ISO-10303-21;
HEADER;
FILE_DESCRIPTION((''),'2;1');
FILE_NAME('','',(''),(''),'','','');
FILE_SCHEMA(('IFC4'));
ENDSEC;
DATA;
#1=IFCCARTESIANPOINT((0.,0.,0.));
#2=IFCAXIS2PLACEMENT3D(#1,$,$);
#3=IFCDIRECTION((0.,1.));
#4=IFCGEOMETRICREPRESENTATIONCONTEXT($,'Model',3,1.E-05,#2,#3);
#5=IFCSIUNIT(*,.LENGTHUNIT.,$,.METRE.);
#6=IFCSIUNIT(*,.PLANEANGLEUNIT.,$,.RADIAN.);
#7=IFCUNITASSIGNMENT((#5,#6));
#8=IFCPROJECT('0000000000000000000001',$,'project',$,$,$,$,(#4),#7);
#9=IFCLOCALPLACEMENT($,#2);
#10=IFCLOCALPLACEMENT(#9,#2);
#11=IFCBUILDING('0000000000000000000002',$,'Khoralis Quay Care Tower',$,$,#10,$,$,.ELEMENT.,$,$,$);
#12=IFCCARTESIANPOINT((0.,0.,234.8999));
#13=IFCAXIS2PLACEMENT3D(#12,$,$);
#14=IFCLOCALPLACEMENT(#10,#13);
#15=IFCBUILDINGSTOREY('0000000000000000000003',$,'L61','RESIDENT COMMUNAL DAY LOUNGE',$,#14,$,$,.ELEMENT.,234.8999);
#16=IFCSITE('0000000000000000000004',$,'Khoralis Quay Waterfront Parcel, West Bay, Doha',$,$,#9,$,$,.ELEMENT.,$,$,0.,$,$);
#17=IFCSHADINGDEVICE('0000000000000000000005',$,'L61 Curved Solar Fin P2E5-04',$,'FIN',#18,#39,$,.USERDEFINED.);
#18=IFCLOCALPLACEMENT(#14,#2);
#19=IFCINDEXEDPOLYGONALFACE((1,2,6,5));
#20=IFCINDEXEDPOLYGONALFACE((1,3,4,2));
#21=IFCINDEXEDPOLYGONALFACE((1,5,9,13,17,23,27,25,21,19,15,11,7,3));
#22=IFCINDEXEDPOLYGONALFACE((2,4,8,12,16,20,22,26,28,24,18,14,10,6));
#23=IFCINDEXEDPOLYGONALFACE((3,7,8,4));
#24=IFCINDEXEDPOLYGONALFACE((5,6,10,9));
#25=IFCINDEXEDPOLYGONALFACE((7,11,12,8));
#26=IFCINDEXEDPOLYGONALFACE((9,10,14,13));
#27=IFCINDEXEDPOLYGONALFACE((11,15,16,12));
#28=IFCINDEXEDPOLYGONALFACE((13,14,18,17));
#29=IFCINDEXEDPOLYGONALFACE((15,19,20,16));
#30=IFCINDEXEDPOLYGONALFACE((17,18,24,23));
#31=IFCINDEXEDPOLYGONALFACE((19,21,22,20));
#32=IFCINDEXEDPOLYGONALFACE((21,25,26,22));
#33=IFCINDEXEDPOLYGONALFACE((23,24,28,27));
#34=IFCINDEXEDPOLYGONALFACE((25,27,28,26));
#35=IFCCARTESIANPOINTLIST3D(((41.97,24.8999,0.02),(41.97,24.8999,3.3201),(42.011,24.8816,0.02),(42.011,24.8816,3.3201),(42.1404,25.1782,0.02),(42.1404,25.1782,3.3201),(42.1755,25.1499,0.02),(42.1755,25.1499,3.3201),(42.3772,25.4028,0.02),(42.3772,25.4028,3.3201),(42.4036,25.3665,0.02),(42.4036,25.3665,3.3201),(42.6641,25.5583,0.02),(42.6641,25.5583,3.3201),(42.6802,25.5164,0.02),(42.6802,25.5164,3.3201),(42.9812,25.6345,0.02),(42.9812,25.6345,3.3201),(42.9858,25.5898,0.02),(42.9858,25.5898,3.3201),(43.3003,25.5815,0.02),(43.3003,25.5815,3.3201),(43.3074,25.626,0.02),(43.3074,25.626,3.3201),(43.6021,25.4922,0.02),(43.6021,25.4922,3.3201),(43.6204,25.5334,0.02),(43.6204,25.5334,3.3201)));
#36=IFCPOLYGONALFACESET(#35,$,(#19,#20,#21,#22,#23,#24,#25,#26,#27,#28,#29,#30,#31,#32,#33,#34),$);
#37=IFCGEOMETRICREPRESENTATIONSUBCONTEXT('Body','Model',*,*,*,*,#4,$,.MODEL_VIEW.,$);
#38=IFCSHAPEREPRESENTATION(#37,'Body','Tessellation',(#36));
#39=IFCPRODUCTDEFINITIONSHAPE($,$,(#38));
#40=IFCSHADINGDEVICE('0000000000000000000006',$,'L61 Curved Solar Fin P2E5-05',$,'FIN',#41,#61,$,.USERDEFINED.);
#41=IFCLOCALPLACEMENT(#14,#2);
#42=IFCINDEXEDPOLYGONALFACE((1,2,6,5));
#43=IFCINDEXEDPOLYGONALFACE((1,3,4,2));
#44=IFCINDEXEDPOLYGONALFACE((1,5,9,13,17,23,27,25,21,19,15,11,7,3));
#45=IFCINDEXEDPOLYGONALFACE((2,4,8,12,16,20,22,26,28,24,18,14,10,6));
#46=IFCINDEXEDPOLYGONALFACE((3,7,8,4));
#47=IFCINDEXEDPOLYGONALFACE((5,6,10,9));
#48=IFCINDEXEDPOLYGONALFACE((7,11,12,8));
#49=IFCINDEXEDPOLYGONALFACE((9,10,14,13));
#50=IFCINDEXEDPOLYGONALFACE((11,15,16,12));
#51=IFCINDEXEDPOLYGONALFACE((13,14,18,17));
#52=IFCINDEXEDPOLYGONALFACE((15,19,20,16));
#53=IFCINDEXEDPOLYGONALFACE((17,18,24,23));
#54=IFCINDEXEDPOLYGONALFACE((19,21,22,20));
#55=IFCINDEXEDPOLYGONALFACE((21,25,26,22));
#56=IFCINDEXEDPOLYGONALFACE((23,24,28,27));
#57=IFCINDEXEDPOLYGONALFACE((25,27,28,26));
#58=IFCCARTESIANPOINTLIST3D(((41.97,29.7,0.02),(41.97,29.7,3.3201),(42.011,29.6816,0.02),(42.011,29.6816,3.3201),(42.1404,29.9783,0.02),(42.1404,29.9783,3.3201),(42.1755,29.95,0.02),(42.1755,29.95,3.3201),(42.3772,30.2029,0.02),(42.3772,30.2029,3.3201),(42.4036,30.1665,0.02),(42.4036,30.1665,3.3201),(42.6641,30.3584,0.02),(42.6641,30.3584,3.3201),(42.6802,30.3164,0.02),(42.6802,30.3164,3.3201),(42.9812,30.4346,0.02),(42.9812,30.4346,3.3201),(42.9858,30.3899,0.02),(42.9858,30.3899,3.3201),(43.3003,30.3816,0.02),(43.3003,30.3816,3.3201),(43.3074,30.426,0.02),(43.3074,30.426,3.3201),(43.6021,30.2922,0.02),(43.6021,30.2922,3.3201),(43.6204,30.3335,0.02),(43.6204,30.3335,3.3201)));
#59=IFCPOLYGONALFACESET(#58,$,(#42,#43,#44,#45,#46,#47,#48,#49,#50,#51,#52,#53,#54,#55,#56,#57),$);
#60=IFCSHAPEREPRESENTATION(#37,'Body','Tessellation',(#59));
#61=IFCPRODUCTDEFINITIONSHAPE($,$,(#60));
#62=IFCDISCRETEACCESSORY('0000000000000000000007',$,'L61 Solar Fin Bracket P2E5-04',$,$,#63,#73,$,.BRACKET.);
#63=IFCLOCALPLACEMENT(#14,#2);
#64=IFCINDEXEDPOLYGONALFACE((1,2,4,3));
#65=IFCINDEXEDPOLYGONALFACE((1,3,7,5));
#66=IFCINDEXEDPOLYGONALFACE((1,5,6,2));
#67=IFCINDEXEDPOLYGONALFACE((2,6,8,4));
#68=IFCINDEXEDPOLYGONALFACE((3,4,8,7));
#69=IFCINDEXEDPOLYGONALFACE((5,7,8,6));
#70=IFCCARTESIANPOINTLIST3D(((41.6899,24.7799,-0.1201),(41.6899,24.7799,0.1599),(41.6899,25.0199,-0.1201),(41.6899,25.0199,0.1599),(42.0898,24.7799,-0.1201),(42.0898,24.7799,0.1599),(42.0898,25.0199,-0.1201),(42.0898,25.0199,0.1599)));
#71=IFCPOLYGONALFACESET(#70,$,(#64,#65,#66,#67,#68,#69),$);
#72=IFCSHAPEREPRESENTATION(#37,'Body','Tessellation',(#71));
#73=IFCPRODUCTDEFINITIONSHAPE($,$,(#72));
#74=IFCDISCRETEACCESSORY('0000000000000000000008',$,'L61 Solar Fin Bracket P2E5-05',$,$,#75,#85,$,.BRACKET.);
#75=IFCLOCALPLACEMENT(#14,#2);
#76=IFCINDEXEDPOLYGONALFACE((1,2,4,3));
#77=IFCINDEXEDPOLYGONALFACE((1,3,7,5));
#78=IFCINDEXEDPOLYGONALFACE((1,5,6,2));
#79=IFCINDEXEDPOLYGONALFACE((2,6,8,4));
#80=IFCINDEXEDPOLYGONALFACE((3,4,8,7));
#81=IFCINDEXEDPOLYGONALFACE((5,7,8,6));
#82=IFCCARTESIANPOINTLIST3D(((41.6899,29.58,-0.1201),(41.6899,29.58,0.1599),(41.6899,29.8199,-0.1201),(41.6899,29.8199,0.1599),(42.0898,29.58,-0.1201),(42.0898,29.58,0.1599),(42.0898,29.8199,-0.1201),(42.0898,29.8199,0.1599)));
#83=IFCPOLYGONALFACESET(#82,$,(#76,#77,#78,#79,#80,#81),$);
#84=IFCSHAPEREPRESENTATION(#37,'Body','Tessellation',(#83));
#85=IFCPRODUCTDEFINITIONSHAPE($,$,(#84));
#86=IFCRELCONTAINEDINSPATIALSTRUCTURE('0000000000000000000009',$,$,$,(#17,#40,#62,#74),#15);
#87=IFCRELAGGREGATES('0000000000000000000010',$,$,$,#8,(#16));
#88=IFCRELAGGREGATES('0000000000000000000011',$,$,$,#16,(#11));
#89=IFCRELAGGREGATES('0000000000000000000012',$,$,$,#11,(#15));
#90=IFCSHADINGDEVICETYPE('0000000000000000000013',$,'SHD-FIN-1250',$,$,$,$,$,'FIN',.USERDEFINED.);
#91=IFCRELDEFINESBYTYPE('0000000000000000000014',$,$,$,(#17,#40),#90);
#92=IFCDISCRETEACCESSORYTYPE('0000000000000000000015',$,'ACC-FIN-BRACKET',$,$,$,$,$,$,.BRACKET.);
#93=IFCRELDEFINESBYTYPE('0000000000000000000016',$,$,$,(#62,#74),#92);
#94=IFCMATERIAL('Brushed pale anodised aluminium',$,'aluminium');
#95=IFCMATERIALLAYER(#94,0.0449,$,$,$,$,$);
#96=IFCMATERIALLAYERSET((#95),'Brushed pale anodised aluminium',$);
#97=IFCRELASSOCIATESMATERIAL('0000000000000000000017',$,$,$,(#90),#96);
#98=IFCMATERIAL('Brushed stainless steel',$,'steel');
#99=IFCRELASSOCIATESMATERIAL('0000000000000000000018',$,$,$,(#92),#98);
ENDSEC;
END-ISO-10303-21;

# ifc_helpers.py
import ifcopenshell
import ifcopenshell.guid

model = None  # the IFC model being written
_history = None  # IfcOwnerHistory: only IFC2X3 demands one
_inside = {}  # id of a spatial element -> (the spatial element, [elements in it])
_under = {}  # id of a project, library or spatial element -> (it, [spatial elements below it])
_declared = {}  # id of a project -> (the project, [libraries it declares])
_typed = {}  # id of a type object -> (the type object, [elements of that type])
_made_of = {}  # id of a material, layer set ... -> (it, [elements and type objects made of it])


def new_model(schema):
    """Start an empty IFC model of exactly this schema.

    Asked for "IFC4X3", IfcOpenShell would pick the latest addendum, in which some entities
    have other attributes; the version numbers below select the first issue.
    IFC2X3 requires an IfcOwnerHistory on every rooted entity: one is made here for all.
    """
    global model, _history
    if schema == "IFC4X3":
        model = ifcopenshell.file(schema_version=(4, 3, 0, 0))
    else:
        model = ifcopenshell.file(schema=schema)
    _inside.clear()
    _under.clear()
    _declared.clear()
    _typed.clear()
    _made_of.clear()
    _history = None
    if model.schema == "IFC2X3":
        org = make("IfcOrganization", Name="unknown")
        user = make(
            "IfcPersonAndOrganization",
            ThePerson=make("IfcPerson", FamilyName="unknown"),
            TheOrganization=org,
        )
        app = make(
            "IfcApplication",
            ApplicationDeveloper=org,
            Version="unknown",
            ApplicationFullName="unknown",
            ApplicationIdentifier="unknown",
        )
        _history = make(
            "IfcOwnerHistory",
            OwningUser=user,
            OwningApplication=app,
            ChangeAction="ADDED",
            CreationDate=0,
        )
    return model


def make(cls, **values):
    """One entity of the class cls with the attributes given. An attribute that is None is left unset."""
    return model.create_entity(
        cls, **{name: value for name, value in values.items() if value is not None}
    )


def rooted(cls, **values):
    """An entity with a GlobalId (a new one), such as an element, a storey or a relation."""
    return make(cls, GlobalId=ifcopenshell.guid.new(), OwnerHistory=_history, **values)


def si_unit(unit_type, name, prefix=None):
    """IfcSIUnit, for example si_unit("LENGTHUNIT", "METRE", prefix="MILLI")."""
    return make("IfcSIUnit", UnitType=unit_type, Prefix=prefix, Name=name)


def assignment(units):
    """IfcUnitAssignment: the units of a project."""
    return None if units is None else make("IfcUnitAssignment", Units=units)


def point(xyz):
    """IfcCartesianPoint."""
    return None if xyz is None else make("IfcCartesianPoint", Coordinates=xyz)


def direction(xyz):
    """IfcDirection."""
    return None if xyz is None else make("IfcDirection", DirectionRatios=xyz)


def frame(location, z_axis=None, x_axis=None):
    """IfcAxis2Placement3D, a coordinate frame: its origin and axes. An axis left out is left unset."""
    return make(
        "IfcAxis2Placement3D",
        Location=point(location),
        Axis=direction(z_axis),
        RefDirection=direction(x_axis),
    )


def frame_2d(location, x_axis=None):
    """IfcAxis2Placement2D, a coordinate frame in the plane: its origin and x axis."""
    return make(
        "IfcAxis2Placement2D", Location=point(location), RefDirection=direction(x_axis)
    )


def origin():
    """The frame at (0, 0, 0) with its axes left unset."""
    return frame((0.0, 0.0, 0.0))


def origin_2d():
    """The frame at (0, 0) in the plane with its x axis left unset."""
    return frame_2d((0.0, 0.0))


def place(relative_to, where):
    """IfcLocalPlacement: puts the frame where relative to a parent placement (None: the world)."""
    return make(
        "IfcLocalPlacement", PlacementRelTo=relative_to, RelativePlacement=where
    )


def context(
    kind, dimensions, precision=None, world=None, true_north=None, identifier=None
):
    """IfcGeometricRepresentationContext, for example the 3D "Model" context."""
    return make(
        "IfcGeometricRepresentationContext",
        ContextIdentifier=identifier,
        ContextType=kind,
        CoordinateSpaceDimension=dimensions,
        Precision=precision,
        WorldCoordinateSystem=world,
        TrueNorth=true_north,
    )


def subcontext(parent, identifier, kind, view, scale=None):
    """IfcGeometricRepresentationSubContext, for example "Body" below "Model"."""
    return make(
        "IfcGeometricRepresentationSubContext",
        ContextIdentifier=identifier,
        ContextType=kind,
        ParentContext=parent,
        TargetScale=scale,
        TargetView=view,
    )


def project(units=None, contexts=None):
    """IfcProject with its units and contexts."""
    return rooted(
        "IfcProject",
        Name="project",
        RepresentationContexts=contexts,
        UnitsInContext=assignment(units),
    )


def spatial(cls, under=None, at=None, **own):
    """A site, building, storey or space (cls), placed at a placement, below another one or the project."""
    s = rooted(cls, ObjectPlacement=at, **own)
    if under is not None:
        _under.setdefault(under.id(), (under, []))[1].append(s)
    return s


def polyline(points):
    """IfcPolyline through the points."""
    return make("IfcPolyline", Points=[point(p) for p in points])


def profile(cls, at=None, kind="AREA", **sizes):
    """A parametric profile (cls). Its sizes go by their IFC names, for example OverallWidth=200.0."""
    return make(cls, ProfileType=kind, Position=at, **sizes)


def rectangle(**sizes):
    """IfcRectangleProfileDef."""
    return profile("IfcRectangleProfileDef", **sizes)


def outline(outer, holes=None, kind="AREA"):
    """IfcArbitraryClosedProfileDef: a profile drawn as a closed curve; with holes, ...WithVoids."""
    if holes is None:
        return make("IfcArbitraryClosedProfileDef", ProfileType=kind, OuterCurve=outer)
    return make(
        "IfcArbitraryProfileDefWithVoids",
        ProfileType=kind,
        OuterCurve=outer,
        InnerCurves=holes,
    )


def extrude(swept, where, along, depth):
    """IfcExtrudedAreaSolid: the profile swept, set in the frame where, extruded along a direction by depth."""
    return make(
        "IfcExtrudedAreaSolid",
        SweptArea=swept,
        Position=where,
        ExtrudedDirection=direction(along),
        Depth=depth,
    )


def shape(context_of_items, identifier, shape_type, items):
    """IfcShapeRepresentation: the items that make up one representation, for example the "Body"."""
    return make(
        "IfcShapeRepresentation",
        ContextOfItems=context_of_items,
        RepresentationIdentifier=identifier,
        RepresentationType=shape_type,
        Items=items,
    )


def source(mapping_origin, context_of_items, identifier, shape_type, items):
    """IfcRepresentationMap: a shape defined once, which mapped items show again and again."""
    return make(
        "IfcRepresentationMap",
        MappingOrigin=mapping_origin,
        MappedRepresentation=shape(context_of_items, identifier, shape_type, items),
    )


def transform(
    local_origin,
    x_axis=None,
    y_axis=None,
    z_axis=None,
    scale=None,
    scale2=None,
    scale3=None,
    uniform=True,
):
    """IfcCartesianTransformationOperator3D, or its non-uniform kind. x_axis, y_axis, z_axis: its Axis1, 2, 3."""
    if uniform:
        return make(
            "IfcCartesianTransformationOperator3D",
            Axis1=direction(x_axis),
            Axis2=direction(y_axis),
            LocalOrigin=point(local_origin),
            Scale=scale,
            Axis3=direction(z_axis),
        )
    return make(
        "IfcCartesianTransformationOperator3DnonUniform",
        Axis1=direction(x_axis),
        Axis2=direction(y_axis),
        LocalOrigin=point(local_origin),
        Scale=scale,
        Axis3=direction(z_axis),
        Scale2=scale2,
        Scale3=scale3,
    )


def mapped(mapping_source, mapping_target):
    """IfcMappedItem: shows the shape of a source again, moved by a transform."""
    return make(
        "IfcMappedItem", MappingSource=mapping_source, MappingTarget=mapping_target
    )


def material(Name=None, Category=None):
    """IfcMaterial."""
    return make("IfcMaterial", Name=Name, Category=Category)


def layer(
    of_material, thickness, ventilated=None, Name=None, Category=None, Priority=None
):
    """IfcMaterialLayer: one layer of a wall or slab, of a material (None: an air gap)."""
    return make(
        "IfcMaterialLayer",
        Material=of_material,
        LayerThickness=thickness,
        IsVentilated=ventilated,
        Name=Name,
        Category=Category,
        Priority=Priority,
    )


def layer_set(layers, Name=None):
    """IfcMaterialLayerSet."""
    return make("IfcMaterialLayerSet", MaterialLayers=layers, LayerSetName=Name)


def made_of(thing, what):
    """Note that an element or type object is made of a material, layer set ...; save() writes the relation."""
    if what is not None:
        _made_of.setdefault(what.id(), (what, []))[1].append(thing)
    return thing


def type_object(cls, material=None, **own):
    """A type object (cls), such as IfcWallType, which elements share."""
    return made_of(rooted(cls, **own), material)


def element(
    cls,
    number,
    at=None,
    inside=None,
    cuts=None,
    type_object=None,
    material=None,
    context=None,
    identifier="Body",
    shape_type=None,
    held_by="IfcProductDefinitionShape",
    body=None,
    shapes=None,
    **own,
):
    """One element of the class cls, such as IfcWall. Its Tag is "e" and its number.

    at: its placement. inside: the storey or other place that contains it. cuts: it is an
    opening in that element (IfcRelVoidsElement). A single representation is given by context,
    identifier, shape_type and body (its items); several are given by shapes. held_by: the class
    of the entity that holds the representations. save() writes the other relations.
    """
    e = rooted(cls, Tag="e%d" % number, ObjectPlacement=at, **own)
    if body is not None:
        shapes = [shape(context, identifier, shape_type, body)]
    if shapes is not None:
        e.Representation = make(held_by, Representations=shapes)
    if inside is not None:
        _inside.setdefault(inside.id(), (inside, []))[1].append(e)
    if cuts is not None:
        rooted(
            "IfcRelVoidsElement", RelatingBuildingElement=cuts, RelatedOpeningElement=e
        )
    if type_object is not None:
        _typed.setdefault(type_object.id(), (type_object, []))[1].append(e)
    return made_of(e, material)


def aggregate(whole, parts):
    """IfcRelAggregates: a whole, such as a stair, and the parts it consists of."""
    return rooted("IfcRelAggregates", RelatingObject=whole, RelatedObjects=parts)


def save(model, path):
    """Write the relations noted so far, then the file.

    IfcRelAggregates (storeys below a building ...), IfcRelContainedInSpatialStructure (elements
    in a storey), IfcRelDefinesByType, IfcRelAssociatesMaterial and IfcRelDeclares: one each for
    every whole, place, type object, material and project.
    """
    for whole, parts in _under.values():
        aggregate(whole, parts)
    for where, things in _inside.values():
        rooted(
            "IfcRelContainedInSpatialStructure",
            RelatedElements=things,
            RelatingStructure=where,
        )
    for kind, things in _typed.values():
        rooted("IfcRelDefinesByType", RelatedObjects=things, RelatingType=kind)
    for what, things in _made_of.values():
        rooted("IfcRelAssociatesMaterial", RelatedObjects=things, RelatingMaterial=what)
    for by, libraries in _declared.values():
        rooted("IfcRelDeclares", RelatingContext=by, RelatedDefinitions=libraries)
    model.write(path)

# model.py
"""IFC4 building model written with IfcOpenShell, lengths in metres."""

from ifc_helpers import new_model, si_unit, direction, frame, origin, origin_2d, place, context, subcontext, project, spatial, polyline, rectangle, outline, extrude, source, transform, mapped, material, layer, layer_set, type_object, element, save


model = new_model("IFC4")

# Units and contexts
model_context = context("Model", 3, precision=1e-05, world=origin(), true_north=direction((0.0, 1.0)))
body_context = subcontext(model_context, "Body", "Model", "MODEL_VIEW")
ifc_project = project(units=[si_unit("LENGTHUNIT", "METRE"), si_unit("PLANEANGLEUNIT", "RADIAN")], contexts=[model_context])

# Site, building, storey
site_placement = place(None, origin())
site = spatial("IfcSite", under=ifc_project, at=site_placement, Name="Khoralis Quay Waterfront Parcel, West Bay, Doha", CompositionType="ELEMENT", RefElevation=0.0)
building_placement = place(site_placement, origin())
building = spatial("IfcBuilding", under=site, at=building_placement, Name="Khoralis Quay Care Tower", CompositionType="ELEMENT")
storey_placement = place(building_placement, frame((0.0, 0.0, 234.8999)))
storey = spatial("IfcBuildingStorey", under=building, at=storey_placement, Name="L61", Description="RESIDENT COMMUNAL DAY LOUNGE", CompositionType="ELEMENT", Elevation=234.8999)

# Shared definitions
ifc_material_1 = material(Name="Brushed stainless steel", Category="steel")

# Shading devices
ifc_material_2 = material(Name="Brushed pale anodised aluminium", Category="aluminium")
ifc_layer_1 = layer(ifc_material_2, 0.0449)
ifc_layer_set_1 = layer_set([ifc_layer_1], Name="Brushed pale anodised aluminium")
shading_device_type = type_object("IfcShadingDeviceType", Name="SHD-FIN-1250", ElementType="FIN", PredefinedType="USERDEFINED", material=ifc_layer_set_1)
shared_shape_1 = source(origin(), body_context, "Body", "SweptSolid", [
    extrude(outline(polyline([(0.0, 0.0), (0.1704, 0.2783), (0.4072, 0.5029), (0.6941, 0.6584), (1.0112, 0.7346), (1.3374, 0.7261), (1.6504, 0.6335), (1.6321, 0.5923), (1.3303, 0.6816), (1.0159, 0.6899), (0.7102, 0.6165), (0.4336, 0.4666), (0.2056, 0.25), (0.041, -0.0183), (0.0, 0.0)])), origin(), (0.0, 0.0, 1.0), 3.3),
])
for number, where, z_axis, x_axis, name in (
    (1, (41.97, 24.8999, 0.02), (0.0, 0.0, 1.0), (1.0, 0.0, 0.0), "L61 Curved Solar Fin P2E5-04"),
    (2, (41.97, 29.7, 0.02), (0.0, 0.0, 1.0), (1.0, 0.0, 0.0), "L61 Curved Solar Fin P2E5-05"),
):
    element("IfcShadingDevice", number, at=place(storey_placement, frame(where, z_axis=z_axis, x_axis=x_axis)), inside=storey, type_object=shading_device_type, Name=name, ObjectType="FIN", PredefinedType="USERDEFINED", context=body_context, shape_type="MappedRepresentation", body=[
        mapped(shared_shape_1, transform((0.0, 0.0, 0.0), scale=1.0)),
    ])

# Discrete accessories
discrete_accessory_type = type_object("IfcDiscreteAccessoryType", Name="ACC-FIN-BRACKET", PredefinedType="BRACKET", material=ifc_material_1)
shared_shape_2 = source(origin(), body_context, "Body", "SweptSolid", [
    extrude(rectangle(XDim=0.3999, YDim=0.24, at=origin_2d()), origin(), (0.0, 0.0, 1.0), 0.28),
])
for number, where, z_axis, x_axis, name in (
    (3, (41.8899, 24.8999, -0.1201), (0.0, 0.0, 1.0), (1.0, 0.0, 0.0), "L61 Solar Fin Bracket P2E5-04"),
    (4, (41.8899, 29.7, -0.1201), (0.0, 0.0, 1.0), (1.0, 0.0, 0.0), "L61 Solar Fin Bracket P2E5-05"),
):
    element("IfcDiscreteAccessory", number, at=place(storey_placement, frame(where, z_axis=z_axis, x_axis=x_axis)), inside=storey, type_object=discrete_accessory_type, Name=name, PredefinedType="BRACKET", context=body_context, shape_type="MappedRepresentation", body=[
        mapped(shared_shape_2, transform((0.0, 0.0, 0.0), scale=1.0)),
    ])

save(model, "model.ifc")
